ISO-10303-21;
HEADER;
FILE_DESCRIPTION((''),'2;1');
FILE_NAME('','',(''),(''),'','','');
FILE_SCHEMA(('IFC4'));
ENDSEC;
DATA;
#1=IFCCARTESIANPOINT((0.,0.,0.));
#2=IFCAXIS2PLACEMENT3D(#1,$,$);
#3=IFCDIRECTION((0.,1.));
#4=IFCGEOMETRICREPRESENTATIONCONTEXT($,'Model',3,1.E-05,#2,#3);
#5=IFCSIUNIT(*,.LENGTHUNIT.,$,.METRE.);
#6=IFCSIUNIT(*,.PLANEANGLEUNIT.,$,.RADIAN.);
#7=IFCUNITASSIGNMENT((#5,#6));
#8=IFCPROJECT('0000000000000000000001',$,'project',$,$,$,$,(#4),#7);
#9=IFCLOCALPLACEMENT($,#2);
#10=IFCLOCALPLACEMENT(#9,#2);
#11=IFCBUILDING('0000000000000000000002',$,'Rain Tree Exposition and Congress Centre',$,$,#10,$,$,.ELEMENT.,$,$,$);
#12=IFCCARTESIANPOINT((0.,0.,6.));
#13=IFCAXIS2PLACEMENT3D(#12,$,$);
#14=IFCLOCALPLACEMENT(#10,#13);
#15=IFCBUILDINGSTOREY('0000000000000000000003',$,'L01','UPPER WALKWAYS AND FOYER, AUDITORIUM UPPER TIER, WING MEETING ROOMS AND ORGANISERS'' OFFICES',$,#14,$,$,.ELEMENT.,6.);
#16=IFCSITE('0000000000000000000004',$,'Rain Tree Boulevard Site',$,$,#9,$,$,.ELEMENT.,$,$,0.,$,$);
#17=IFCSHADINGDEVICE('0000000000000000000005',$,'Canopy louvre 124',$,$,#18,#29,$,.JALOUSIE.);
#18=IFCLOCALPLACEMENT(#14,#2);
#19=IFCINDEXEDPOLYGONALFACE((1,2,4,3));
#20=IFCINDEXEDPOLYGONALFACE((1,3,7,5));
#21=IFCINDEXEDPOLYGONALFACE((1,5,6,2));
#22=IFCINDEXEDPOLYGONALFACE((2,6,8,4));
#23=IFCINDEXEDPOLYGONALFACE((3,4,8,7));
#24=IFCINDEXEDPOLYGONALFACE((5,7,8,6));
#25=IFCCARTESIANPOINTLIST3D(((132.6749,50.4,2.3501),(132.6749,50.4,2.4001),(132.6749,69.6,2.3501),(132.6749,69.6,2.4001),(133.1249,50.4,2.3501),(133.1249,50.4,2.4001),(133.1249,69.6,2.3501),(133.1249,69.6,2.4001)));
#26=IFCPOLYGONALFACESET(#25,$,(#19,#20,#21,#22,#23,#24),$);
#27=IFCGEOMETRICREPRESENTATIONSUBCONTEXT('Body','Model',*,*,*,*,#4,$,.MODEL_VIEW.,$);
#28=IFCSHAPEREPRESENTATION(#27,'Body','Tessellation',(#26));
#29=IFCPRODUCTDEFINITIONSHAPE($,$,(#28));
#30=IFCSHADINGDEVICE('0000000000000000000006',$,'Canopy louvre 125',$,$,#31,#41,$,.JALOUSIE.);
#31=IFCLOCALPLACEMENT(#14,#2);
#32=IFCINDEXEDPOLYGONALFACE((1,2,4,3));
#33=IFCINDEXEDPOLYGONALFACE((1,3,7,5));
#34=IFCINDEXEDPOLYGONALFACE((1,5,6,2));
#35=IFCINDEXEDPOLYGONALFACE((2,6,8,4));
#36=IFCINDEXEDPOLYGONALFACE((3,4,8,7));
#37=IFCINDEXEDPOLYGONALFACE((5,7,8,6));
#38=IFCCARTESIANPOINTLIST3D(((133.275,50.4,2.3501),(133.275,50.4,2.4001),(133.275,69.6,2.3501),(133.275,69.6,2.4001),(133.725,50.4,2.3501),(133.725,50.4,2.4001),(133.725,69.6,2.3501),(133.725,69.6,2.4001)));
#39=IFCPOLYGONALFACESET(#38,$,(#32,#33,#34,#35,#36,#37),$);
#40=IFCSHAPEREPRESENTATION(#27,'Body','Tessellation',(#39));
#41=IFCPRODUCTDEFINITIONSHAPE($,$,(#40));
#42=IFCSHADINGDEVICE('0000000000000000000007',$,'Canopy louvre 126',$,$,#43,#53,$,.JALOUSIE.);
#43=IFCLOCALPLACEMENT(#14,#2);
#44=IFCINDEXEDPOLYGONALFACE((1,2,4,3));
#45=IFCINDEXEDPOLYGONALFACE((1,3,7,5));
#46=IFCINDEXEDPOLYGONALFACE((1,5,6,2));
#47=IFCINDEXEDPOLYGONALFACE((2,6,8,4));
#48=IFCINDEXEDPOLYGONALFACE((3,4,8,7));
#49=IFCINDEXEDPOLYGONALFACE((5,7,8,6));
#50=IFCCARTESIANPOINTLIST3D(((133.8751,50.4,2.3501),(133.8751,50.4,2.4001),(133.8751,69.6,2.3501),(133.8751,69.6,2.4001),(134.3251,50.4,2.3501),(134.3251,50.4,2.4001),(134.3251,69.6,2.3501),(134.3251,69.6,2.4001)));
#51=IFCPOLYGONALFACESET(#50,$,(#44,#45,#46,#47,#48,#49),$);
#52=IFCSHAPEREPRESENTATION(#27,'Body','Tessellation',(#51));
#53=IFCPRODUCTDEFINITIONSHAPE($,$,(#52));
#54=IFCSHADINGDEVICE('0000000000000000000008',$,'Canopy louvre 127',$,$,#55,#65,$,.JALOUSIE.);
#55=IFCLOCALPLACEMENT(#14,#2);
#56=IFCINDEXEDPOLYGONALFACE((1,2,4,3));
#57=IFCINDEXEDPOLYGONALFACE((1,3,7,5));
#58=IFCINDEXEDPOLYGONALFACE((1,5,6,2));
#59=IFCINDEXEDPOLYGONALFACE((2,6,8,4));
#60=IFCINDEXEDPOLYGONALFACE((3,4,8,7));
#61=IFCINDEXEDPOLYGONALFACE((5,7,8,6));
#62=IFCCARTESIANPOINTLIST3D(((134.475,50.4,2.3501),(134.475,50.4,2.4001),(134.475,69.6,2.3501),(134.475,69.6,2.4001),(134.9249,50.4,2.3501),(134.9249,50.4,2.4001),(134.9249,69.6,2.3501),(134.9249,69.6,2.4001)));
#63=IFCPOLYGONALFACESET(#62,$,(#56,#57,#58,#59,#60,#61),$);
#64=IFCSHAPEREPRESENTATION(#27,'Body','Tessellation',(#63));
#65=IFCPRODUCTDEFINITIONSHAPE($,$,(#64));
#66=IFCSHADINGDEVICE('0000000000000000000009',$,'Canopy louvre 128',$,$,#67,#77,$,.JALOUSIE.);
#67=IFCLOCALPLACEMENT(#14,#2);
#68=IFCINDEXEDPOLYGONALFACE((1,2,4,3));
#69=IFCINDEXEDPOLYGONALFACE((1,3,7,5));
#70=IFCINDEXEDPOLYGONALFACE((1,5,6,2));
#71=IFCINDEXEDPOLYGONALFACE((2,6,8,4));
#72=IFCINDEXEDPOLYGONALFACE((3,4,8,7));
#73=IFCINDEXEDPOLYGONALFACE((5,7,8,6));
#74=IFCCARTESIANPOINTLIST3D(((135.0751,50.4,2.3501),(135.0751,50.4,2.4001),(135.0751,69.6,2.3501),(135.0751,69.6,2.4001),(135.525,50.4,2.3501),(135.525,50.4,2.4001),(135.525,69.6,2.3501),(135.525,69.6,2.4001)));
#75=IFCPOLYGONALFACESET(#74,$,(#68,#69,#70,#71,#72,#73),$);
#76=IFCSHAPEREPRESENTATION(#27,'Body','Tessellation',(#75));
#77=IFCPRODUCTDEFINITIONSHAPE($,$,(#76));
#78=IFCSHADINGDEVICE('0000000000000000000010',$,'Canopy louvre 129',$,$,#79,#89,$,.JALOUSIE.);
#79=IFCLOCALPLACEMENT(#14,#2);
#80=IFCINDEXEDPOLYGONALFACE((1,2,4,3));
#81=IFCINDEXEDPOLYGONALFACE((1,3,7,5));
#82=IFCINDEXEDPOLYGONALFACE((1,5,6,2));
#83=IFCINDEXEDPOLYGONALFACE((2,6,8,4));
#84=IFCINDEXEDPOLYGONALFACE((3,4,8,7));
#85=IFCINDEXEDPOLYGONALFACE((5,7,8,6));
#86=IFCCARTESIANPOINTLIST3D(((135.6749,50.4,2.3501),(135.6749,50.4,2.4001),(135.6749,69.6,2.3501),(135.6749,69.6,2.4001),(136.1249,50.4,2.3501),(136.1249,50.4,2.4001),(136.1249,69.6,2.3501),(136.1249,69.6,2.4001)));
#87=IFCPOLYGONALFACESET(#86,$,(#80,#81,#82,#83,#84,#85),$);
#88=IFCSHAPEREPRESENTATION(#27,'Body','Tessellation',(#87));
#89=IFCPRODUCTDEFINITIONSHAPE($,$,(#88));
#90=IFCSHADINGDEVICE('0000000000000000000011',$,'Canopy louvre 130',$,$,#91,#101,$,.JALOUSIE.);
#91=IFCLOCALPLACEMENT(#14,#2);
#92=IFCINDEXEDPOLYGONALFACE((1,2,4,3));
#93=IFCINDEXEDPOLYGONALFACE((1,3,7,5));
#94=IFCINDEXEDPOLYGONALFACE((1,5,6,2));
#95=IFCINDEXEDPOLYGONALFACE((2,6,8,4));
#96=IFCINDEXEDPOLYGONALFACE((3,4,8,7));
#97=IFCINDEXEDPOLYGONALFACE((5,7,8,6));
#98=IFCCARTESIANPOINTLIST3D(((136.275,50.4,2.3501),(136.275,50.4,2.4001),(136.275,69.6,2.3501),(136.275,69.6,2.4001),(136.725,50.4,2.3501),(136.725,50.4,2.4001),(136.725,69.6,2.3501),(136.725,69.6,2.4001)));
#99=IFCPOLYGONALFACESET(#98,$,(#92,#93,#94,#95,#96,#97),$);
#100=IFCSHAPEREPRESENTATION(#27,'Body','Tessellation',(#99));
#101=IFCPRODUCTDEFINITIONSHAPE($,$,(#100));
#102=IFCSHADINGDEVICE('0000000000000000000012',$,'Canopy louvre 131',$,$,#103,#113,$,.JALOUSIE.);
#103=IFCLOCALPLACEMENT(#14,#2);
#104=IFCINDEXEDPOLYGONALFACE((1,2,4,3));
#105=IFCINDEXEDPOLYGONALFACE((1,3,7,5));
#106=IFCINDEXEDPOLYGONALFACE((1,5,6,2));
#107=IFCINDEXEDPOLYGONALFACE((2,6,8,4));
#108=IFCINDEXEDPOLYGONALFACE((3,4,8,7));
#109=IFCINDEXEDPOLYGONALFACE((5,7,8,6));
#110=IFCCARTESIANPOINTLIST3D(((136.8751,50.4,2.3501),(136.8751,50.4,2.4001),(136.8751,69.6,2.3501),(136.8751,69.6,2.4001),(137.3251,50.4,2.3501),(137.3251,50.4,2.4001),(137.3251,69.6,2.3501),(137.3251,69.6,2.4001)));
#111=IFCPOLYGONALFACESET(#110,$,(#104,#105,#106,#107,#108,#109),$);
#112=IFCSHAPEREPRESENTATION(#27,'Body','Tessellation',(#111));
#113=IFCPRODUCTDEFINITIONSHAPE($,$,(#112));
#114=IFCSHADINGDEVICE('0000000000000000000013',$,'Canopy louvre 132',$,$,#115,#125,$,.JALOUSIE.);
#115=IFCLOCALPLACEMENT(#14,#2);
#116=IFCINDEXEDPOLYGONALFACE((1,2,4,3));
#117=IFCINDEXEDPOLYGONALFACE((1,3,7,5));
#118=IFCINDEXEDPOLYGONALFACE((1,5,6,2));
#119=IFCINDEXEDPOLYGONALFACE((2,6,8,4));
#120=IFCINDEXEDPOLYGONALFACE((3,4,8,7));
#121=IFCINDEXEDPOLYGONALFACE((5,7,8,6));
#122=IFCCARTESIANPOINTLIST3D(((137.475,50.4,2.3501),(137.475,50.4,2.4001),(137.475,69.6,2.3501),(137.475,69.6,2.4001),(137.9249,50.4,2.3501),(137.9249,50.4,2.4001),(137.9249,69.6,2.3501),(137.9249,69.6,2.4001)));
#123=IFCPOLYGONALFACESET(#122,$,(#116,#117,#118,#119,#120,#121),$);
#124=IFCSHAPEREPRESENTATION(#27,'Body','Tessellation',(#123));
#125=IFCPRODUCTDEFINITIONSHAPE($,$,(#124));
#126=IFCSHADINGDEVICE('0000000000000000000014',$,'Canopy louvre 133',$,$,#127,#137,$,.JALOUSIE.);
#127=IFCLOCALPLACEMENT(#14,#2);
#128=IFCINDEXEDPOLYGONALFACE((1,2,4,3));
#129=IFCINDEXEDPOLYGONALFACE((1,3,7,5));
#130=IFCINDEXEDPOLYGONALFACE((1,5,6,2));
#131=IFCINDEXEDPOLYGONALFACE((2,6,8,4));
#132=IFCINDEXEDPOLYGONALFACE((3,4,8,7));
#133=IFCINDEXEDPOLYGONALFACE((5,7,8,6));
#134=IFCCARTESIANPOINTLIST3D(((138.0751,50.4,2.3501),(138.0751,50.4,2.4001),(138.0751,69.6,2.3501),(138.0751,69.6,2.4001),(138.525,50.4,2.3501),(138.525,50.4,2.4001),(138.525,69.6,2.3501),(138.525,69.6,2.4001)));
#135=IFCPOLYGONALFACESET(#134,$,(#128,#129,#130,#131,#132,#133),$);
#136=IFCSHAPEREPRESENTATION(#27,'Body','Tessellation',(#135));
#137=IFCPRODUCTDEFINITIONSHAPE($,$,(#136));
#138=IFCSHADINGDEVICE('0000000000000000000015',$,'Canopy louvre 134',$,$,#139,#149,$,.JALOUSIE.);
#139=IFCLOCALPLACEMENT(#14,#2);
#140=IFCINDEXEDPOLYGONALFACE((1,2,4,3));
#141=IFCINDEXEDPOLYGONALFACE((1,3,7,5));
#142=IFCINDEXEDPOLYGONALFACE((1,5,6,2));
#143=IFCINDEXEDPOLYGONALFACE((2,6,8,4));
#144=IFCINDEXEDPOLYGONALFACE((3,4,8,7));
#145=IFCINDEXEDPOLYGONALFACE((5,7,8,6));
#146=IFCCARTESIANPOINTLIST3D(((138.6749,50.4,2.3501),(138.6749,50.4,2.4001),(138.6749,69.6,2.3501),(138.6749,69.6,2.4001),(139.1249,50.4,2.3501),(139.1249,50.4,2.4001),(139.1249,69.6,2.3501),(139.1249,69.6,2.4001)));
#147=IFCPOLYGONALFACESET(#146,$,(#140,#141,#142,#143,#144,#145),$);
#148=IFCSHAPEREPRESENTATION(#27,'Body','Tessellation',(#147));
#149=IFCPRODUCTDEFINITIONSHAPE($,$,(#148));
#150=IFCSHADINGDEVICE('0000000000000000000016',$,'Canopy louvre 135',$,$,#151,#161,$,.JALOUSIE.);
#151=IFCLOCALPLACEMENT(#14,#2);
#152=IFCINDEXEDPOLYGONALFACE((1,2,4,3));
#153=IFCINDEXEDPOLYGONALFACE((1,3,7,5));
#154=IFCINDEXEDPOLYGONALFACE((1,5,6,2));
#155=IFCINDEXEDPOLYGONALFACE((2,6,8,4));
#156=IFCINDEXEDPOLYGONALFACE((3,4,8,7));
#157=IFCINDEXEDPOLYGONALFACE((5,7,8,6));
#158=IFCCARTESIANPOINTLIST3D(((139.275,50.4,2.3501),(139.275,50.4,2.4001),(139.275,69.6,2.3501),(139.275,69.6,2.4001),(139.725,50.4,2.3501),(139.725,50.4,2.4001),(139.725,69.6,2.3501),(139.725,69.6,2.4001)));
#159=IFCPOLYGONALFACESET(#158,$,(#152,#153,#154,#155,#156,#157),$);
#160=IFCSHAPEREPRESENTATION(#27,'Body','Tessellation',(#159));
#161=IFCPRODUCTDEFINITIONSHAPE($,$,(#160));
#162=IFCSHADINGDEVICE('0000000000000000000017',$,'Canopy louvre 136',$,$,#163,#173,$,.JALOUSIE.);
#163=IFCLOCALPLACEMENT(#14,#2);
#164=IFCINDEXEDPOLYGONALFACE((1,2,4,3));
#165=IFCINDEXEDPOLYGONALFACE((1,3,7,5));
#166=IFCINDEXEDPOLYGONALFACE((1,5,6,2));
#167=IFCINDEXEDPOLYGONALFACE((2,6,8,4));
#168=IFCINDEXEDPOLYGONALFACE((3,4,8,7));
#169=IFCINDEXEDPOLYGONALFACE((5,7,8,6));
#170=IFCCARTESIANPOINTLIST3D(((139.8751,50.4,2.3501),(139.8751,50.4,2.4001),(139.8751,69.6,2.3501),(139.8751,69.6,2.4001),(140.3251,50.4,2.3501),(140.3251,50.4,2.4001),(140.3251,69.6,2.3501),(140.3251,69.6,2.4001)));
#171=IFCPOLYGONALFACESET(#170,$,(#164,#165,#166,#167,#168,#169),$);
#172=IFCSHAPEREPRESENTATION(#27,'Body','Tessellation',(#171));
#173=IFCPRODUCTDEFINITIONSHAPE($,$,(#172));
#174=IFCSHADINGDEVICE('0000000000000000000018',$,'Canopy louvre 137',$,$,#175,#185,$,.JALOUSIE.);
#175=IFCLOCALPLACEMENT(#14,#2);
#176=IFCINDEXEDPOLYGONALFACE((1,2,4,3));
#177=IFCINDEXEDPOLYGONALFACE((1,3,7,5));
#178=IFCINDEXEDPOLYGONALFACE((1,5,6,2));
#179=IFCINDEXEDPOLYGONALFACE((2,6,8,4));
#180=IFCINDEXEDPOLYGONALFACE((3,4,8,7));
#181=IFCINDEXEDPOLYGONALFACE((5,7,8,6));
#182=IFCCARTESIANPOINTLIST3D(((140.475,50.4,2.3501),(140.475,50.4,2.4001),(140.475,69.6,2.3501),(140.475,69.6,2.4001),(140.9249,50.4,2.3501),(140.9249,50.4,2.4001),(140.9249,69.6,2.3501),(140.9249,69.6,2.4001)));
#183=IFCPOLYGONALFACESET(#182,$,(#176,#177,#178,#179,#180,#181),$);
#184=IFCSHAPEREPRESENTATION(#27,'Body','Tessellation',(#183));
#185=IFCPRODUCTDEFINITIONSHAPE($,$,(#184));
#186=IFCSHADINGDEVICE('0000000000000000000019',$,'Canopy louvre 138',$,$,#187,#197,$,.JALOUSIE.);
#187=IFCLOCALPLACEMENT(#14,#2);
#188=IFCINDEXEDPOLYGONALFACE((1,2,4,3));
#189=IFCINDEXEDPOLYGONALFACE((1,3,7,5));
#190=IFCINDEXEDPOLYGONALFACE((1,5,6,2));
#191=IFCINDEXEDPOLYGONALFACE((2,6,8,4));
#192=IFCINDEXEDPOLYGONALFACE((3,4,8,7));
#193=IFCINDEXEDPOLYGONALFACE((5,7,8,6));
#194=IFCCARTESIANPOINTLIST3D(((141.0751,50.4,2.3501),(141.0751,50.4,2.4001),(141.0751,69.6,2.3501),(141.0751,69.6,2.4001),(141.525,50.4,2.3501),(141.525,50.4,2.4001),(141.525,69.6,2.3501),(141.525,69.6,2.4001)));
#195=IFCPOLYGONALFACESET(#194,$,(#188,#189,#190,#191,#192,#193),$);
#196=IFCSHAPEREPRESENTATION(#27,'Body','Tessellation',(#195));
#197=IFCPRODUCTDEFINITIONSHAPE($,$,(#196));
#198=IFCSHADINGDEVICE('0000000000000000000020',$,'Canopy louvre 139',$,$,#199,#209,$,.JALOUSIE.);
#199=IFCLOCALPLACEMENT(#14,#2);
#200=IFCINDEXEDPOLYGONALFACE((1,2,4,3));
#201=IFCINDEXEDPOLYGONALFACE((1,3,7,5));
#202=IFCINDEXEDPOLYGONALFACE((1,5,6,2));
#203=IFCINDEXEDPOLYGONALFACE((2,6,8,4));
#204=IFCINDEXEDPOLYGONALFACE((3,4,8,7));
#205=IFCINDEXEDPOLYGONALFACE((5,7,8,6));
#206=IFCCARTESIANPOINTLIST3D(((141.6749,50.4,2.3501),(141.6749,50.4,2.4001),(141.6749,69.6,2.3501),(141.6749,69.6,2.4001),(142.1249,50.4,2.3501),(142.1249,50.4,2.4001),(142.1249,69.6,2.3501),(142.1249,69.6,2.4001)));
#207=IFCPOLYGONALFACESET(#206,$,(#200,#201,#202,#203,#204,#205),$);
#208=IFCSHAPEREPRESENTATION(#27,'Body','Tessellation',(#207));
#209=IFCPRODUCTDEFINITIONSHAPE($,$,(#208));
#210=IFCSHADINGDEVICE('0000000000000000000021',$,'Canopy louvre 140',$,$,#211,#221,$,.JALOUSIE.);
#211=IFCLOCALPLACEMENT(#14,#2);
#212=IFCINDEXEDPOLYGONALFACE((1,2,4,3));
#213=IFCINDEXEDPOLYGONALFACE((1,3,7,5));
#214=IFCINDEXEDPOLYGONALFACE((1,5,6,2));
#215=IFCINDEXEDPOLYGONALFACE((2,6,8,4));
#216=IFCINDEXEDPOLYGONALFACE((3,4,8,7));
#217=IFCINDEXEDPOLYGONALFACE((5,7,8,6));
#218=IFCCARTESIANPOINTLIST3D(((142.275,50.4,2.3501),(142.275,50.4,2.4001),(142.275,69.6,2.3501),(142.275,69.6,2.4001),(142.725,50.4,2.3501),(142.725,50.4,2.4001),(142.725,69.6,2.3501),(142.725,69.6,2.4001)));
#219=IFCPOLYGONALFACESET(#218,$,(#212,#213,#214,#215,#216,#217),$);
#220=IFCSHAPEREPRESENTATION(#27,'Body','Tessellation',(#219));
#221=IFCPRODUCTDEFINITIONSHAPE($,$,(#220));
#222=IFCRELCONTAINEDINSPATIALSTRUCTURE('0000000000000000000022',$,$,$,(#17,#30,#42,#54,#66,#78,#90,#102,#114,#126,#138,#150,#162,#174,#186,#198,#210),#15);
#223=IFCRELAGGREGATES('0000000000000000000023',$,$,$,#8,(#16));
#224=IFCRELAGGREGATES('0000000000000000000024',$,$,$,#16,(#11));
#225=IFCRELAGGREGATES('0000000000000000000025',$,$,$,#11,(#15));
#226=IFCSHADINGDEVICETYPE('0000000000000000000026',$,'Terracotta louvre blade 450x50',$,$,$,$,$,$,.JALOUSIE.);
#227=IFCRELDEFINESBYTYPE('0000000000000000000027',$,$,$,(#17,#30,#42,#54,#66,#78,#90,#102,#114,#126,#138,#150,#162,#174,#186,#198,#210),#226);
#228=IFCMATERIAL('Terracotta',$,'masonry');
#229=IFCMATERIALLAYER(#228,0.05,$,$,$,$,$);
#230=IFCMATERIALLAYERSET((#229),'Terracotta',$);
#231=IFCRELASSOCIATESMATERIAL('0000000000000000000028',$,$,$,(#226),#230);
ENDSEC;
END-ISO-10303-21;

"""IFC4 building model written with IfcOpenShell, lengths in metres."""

from ifc_helpers import new_model, si_unit, direction, frame, origin, origin_2d, place, context, subcontext, project, spatial, rectangle, extrude, material, layer, layer_set, type_object, element, save


model = new_model("IFC4")

# Units and contexts
model_context = context("Model", 3, precision=1e-05, world=origin(), true_north=direction((0.0, 1.0)))
body_context = subcontext(model_context, "Body", "Model", "MODEL_VIEW")
ifc_project = project(units=[si_unit("LENGTHUNIT", "METRE"), si_unit("PLANEANGLEUNIT", "RADIAN")], contexts=[model_context])

# Site, building, storey
site_placement = place(None, origin())
site = spatial("IfcSite", under=ifc_project, at=site_placement, Name="Rain Tree Boulevard Site", CompositionType="ELEMENT", RefElevation=0.0)
building_placement = place(site_placement, origin())
building = spatial("IfcBuilding", under=site, at=building_placement, Name="Rain Tree Exposition and Congress Centre", CompositionType="ELEMENT")
storey_placement = place(building_placement, frame((0.0, 0.0, 6.0)))
storey = spatial("IfcBuildingStorey", under=building, at=storey_placement, Name="L01", Description="UPPER WALKWAYS AND FOYER, AUDITORIUM UPPER TIER, WING MEETING ROOMS AND ORGANISERS' OFFICES", CompositionType="ELEMENT", Elevation=6.0)

# Shading devices
ifc_material_1 = material(Name="Terracotta", Category="masonry")
ifc_layer_1 = layer(ifc_material_1, 0.05)
ifc_layer_set_1 = layer_set([ifc_layer_1], Name="Terracotta")
shading_device_type = type_object("IfcShadingDeviceType", Name="Terracotta louvre blade 450x50", PredefinedType="JALOUSIE", material=ifc_layer_set_1)
for number, where, z_axis, x_axis, name in (
    (1, (132.8999, 60.0, 2.3501), (0.0, 0.0, 1.0), (1.0, 0.0, 0.0), "Canopy louvre 124"),
    (2, (133.5, 60.0, 2.3501), (0.0, 0.0, 1.0), (1.0, 0.0, 0.0), "Canopy louvre 125"),
    (3, (134.1001, 60.0, 2.3501), (0.0, 0.0, 1.0), (1.0, 0.0, 0.0), "Canopy louvre 126"),
    (4, (134.7, 60.0, 2.3501), (0.0, 0.0, 1.0), (1.0, 0.0, 0.0), "Canopy louvre 127"),
    (5, (135.3, 60.0, 2.3501), (0.0, 0.0, 1.0), (1.0, 0.0, 0.0), "Canopy louvre 128"),
    (6, (135.8999, 60.0, 2.3501), (0.0, 0.0, 1.0), (1.0, 0.0, 0.0), "Canopy louvre 129"),
    (7, (136.5, 60.0, 2.3501), (0.0, 0.0, 1.0), (1.0, 0.0, 0.0), "Canopy louvre 130"),
    (8, (137.1001, 60.0, 2.3501), (0.0, 0.0, 1.0), (1.0, 0.0, 0.0), "Canopy louvre 131"),
    (9, (137.7, 60.0, 2.3501), (0.0, 0.0, 1.0), (1.0, 0.0, 0.0), "Canopy louvre 132"),
    (10, (138.3, 60.0, 2.3501), (0.0, 0.0, 1.0), (1.0, 0.0, 0.0), "Canopy louvre 133"),
    (11, (138.8999, 60.0, 2.3501), (0.0, 0.0, 1.0), (1.0, 0.0, 0.0), "Canopy louvre 134"),
    (12, (139.5, 60.0, 2.3501), (0.0, 0.0, 1.0), (1.0, 0.0, 0.0), "Canopy louvre 135"),
    (13, (140.1001, 60.0, 2.3501), (0.0, 0.0, 1.0), (1.0, 0.0, 0.0), "Canopy louvre 136"),
    (14, (140.7, 60.0, 2.3501), (0.0, 0.0, 1.0), (1.0, 0.0, 0.0), "Canopy louvre 137"),
    (15, (141.3, 60.0, 2.3501), (0.0, 0.0, 1.0), (1.0, 0.0, 0.0), "Canopy louvre 138"),
    (16, (141.8999, 60.0, 2.3501), (0.0, 0.0, 1.0), (1.0, 0.0, 0.0), "Canopy louvre 139"),
    (17, (142.5, 60.0, 2.3501), (0.0, 0.0, 1.0), (1.0, 0.0, 0.0), "Canopy louvre 140"),
):
    element("IfcShadingDevice", number, at=place(storey_placement, frame(where, z_axis=z_axis, x_axis=x_axis)), inside=storey, type_object=shading_device_type, Name=name, PredefinedType="JALOUSIE", context=body_context, shape_type="SweptSolid", body=[
        extrude(rectangle(XDim=0.45, YDim=19.2, at=origin_2d()), origin(), (0.0, 0.0, 1.0), 0.05),
    ])

save(model, "model.ifc")
